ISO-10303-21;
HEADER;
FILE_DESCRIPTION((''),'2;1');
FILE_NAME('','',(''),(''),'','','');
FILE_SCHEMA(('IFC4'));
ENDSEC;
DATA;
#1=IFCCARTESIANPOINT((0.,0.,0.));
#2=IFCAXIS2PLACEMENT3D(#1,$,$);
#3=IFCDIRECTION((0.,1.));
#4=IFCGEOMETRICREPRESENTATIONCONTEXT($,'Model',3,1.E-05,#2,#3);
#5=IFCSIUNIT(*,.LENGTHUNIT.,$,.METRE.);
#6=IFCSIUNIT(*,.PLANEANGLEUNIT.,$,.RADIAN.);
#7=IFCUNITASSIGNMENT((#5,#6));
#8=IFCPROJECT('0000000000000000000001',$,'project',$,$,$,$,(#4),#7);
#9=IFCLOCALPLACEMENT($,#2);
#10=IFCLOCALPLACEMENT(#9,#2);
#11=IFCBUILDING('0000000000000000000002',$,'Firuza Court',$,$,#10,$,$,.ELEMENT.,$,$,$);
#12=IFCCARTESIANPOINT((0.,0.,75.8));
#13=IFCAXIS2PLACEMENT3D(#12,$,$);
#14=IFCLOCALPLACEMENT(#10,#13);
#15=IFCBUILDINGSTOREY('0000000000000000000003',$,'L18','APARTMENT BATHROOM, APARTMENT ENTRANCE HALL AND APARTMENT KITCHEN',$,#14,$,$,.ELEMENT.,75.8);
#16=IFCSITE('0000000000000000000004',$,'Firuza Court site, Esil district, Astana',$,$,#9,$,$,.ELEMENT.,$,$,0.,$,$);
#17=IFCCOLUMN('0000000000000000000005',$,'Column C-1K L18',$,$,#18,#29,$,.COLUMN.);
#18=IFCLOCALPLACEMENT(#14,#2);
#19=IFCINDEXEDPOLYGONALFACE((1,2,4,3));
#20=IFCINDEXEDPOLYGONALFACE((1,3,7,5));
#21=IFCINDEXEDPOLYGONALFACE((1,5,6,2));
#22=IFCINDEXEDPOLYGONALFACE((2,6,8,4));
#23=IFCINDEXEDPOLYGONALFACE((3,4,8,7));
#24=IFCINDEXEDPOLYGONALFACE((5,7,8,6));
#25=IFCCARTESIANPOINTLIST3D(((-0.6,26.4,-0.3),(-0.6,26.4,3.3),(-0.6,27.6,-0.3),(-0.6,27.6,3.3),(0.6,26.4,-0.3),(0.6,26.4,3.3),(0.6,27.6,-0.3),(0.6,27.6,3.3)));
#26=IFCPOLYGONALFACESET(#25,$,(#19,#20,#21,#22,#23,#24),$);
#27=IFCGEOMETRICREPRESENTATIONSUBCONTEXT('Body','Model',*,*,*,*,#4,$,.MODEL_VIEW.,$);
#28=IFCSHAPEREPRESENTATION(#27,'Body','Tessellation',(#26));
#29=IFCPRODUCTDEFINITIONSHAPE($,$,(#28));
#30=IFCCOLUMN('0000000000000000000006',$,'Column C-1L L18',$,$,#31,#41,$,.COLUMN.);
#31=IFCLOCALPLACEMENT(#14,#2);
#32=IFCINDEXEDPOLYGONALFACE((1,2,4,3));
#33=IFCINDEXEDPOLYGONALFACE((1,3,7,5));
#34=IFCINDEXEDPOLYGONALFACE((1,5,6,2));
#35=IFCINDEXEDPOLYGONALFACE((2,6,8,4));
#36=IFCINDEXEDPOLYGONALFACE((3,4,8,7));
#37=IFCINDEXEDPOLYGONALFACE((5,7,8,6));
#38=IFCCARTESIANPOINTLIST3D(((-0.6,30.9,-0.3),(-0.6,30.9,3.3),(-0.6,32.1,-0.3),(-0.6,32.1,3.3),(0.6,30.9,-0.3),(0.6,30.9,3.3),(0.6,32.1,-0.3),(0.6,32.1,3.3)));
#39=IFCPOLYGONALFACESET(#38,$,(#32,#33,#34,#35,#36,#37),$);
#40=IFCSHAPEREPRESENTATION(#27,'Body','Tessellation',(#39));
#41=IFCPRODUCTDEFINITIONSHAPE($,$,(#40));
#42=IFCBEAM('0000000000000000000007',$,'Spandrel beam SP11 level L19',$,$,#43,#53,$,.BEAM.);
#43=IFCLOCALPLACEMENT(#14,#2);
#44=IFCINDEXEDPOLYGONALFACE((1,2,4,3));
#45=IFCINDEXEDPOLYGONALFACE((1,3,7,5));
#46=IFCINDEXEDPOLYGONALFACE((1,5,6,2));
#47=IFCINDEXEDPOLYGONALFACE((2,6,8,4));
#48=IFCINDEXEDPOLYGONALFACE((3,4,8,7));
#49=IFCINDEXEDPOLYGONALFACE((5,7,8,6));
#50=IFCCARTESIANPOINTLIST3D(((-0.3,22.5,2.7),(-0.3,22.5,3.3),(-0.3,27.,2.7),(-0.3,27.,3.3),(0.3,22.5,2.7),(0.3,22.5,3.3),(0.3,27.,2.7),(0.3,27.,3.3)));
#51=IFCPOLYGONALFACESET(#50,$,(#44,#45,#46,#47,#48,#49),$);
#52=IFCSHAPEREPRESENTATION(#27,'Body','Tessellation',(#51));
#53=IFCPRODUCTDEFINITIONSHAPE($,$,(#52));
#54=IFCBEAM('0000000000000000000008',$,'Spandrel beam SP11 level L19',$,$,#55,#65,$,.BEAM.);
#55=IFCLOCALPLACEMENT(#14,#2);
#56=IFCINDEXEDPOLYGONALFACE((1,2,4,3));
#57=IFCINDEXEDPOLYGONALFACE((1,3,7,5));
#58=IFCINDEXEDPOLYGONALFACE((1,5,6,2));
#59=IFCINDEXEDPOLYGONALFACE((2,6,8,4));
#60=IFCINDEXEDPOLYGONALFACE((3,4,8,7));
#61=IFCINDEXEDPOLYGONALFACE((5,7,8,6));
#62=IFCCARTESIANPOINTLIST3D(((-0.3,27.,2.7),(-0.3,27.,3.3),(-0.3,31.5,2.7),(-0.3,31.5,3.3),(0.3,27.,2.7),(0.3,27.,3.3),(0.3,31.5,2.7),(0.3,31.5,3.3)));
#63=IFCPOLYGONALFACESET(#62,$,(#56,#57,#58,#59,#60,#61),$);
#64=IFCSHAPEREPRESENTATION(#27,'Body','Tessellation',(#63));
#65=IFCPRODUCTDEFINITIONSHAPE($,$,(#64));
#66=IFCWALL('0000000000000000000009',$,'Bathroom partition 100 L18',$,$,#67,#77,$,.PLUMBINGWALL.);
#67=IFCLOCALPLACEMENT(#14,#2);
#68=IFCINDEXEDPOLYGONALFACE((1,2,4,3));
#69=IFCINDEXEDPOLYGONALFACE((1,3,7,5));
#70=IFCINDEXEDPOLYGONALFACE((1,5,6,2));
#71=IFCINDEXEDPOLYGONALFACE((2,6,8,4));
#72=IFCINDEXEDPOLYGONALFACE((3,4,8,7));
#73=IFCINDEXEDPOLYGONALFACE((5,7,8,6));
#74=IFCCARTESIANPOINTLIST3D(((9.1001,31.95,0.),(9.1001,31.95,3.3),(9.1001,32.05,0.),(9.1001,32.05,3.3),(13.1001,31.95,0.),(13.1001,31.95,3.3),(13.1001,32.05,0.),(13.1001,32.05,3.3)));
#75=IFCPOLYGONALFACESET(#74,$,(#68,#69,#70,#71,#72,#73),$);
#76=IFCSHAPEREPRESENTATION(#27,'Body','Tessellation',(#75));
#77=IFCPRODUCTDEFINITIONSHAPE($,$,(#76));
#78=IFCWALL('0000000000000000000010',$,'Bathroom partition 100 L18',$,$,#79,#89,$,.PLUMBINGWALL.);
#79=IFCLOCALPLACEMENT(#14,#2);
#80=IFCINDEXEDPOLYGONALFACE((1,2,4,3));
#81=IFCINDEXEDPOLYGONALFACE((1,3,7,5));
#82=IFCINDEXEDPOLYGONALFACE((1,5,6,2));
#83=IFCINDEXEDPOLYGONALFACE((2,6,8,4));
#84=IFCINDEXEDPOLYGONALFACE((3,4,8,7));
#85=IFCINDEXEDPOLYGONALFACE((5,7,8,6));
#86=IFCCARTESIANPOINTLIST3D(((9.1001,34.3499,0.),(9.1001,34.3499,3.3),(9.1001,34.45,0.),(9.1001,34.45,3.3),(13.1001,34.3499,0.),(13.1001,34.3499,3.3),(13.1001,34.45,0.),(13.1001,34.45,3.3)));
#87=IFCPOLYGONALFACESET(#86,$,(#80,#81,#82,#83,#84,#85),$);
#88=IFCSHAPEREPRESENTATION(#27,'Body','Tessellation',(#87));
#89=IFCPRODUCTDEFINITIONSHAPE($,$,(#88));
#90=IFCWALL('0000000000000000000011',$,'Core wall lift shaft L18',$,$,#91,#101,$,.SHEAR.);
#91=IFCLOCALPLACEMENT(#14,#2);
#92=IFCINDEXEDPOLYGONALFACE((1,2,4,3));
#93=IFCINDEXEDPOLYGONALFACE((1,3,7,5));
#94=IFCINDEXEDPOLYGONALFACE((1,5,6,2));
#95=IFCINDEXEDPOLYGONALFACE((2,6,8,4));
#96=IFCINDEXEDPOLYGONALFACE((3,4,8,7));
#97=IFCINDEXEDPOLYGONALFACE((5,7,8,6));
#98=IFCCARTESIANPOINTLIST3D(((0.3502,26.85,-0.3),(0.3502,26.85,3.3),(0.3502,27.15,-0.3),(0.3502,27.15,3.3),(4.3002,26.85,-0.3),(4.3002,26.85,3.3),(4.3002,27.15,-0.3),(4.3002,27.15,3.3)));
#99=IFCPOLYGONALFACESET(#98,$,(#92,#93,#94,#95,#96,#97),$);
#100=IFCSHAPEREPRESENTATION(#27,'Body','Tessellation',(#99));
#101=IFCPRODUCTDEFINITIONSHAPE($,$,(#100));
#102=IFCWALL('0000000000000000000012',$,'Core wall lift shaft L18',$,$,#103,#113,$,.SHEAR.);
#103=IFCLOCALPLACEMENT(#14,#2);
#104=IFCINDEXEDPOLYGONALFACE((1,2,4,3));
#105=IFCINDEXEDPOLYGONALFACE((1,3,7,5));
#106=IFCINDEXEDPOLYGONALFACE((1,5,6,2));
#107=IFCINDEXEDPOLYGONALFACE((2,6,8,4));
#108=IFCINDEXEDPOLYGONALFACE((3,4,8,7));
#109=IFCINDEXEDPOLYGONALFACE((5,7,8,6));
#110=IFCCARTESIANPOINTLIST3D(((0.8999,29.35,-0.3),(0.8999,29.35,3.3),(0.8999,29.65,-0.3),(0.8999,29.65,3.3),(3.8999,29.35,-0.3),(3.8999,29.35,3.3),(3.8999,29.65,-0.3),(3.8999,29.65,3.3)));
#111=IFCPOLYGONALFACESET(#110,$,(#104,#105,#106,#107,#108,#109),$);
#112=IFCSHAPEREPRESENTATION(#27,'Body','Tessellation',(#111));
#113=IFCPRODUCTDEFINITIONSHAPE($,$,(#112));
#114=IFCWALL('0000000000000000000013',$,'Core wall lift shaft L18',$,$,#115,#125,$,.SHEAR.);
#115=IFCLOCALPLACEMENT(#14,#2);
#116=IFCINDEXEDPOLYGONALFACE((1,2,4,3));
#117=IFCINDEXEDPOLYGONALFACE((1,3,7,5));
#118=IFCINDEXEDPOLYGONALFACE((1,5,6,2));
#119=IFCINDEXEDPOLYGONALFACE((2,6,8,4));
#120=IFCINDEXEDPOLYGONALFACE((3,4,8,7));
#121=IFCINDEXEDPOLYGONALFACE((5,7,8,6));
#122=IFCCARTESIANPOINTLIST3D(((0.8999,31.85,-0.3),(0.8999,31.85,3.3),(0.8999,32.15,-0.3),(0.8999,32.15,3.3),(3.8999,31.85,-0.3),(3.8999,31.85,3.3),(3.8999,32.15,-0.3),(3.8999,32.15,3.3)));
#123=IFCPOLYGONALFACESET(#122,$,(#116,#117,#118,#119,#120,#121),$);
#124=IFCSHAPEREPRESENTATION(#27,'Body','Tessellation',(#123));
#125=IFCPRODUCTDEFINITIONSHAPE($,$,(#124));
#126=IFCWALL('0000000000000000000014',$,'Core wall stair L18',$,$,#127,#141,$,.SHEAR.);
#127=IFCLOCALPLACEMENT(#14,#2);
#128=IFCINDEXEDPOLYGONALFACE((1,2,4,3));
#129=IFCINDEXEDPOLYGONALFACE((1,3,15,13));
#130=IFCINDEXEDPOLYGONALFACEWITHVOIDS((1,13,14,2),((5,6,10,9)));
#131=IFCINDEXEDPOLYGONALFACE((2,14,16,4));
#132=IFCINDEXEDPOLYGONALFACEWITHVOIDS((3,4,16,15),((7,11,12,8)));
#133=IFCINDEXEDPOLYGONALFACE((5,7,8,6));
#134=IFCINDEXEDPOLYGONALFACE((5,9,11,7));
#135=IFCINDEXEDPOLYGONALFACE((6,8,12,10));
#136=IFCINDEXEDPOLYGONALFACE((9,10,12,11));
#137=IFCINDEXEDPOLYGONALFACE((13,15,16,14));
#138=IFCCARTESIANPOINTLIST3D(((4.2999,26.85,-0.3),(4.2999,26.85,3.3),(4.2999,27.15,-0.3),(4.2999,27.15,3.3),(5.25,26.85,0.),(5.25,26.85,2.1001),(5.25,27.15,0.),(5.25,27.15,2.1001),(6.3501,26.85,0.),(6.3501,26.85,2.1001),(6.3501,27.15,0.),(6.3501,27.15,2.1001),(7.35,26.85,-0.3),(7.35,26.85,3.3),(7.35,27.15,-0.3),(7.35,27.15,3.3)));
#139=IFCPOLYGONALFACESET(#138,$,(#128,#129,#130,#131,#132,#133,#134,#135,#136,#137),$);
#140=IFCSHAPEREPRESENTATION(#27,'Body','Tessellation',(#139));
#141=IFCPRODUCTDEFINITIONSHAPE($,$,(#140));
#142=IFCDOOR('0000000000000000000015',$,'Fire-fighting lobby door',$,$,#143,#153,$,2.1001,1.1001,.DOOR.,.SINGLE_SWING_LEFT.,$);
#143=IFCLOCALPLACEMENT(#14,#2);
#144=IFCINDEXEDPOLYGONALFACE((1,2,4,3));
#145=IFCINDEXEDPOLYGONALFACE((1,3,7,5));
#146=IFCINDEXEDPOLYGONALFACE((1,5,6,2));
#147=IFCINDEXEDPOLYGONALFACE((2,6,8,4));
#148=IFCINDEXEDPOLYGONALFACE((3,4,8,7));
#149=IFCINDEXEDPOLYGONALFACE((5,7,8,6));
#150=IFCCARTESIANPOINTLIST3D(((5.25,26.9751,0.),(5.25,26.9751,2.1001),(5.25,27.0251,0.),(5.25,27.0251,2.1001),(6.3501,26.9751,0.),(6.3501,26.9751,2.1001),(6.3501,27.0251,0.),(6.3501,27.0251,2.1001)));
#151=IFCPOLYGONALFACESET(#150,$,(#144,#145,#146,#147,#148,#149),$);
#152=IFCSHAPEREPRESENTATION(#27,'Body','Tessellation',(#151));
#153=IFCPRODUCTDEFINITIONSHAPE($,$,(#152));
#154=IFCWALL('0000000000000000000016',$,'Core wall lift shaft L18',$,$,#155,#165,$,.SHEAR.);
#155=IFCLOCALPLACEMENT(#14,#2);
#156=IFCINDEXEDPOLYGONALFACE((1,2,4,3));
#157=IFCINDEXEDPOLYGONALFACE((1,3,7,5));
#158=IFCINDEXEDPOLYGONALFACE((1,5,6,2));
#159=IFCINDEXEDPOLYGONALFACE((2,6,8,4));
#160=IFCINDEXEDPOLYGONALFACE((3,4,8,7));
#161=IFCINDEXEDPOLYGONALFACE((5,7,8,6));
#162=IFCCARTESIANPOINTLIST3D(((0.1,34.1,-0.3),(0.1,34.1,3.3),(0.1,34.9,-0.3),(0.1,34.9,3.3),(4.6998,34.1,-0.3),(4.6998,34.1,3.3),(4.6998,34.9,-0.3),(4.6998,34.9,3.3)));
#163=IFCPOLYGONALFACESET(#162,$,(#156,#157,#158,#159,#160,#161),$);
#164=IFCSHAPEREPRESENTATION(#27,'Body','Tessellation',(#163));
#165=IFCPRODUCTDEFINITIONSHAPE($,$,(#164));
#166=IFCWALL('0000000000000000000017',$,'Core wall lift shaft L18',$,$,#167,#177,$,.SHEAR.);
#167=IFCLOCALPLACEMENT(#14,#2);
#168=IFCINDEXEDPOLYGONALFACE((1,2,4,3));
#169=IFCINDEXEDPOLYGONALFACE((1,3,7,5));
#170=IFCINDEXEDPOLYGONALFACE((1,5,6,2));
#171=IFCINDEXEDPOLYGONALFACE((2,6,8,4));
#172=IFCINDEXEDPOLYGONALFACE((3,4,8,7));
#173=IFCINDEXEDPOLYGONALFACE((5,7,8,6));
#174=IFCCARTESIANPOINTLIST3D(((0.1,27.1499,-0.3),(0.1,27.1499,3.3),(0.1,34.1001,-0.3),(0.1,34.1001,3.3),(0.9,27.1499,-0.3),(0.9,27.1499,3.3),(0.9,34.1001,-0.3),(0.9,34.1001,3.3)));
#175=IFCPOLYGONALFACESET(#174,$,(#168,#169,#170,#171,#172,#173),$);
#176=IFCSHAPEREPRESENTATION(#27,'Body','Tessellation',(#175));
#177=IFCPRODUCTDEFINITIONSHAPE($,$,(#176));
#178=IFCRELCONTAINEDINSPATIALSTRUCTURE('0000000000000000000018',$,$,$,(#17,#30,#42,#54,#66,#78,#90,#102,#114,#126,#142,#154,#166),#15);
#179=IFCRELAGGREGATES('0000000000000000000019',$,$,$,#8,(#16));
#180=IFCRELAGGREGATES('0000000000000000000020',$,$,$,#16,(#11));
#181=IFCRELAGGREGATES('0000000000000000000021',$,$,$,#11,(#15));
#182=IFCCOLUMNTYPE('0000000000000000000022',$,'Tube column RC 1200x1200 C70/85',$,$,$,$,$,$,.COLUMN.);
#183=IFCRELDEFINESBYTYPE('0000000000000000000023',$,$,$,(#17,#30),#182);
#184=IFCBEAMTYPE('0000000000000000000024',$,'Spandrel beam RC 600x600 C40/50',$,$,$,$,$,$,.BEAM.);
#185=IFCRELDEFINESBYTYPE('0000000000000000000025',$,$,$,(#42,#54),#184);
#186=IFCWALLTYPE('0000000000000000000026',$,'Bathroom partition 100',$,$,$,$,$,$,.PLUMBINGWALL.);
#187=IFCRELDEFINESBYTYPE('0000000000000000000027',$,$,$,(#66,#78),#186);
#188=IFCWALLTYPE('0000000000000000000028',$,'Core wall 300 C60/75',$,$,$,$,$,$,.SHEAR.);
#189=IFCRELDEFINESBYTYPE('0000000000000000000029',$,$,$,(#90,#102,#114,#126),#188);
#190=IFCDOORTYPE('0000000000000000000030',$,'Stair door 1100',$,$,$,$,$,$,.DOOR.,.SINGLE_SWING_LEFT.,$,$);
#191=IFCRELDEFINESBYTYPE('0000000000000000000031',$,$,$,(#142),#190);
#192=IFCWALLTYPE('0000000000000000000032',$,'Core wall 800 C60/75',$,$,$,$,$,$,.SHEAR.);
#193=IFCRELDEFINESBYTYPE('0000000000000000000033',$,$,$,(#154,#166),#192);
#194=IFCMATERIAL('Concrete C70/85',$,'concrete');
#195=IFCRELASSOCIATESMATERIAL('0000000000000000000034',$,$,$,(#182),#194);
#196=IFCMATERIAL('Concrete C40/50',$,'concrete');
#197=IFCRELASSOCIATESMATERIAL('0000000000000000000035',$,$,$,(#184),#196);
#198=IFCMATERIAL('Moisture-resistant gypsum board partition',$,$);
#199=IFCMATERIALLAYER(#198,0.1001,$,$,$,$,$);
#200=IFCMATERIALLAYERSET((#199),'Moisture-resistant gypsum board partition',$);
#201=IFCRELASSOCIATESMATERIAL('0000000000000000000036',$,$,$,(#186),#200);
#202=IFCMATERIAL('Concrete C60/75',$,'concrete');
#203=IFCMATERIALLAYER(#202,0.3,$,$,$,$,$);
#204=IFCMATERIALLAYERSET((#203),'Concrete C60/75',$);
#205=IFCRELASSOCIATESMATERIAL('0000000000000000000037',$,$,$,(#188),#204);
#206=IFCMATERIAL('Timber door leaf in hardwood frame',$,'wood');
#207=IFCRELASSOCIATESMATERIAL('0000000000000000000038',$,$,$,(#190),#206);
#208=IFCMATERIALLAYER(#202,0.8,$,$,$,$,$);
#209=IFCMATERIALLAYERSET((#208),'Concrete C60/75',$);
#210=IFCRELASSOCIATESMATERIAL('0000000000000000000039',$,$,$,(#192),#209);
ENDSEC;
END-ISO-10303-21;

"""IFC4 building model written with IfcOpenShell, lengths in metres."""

from ifc_helpers import new_model, si_unit, direction, frame, frame_2d, origin, origin_2d, place, context, subcontext, project, spatial, rectangle, extrude, material, layer, layer_set, material_profile, profile_set, type_object, element, fill, save


model = new_model("IFC4")

# Units and contexts
model_context = context("Model", 3, precision=1e-05, world=origin(), true_north=direction((0.0, 1.0)))
body_context = subcontext(model_context, "Body", "Model", "MODEL_VIEW")
ifc_project = project(units=[si_unit("LENGTHUNIT", "METRE"), si_unit("PLANEANGLEUNIT", "RADIAN")], contexts=[model_context])

# Site, building, storey
site_placement = place(None, origin())
site = spatial("IfcSite", under=ifc_project, at=site_placement, Name="Firuza Court site, Esil district, Astana", CompositionType="ELEMENT", RefElevation=0.0)
building_placement = place(site_placement, origin())
building = spatial("IfcBuilding", under=site, at=building_placement, Name="Firuza Court", CompositionType="ELEMENT")
storey_placement = place(building_placement, frame((0.0, 0.0, 75.8)))
storey = spatial("IfcBuildingStorey", under=building, at=storey_placement, Name="L18", Description="APARTMENT BATHROOM, APARTMENT ENTRANCE HALL AND APARTMENT KITCHEN", CompositionType="ELEMENT", Elevation=75.8)

# Columns
ifc_material_1 = material(Name="Concrete C70/85", Category="concrete")
ifc_material_profile_1 = material_profile(ifc_material_1, rectangle(XDim=1.2, YDim=1.2, at=origin_2d()), Name="RC 1200x1200")
ifc_profile_set_1 = profile_set([ifc_material_profile_1], Name="Concrete C70/85")
column_type = type_object("IfcColumnType", Name="Tube column RC 1200x1200 C70/85", PredefinedType="COLUMN", material=ifc_profile_set_1)
for number, where, z_axis, x_axis, name in (
    (1, (0.0, 27.0, -0.3), (0.0, 0.0, 1.0), (1.0, 0.0, 0.0), "Column C-1K L18"),
    (2, (0.0, 31.5, -0.3), (0.0, 0.0, 1.0), (1.0, 0.0, 0.0), "Column C-1L L18"),
):
    element("IfcColumn", number, at=place(storey_placement, frame(where, z_axis=z_axis, x_axis=x_axis)), inside=storey, type_object=column_type, Name=name, PredefinedType="COLUMN", context=body_context, shape_type="SweptSolid", body=[
        extrude(rectangle(XDim=1.2, YDim=1.2, at=origin_2d()), origin(), (0.0, 0.0, 1.0), 3.6001),
    ])

# Beams
ifc_material_2 = material(Name="Concrete C40/50", Category="concrete")
ifc_material_profile_2 = material_profile(ifc_material_2, rectangle(XDim=0.6001, YDim=0.6001, at=origin_2d()), Name="RC 600x600")
ifc_profile_set_2 = profile_set([ifc_material_profile_2], Name="Concrete C40/50")
beam_type = type_object("IfcBeamType", Name="Spandrel beam RC 600x600 C40/50", PredefinedType="BEAM", material=ifc_profile_set_2)
for number, where, z_axis, x_axis, name in (
    (3, (0.0, 27.0, 3.0), (0.0, -1.0, 0.0), (1.0, 0.0, 0.0), "Spandrel beam SP11 level L19"),
    (4, (0.0, 31.5, 3.0), (0.0, -1.0, 0.0), (1.0, 0.0, 0.0), "Spandrel beam SP11 level L19"),
):
    element("IfcBeam", number, at=place(storey_placement, frame(where, z_axis=z_axis, x_axis=x_axis)), inside=storey, type_object=beam_type, Name=name, PredefinedType="BEAM", context=body_context, shape_type="SweptSolid", body=[
        extrude(rectangle(XDim=0.6001, YDim=0.6001, at=origin_2d()), origin(), (0.0, 0.0, 1.0), 4.5),
    ])

# Walls
ifc_material_3 = material(Name="Moisture-resistant gypsum board partition")
ifc_layer_1 = layer(ifc_material_3, 0.1001)
ifc_layer_set_1 = layer_set([ifc_layer_1], Name="Moisture-resistant gypsum board partition")
wall_type_1 = type_object("IfcWallType", Name="Bathroom partition 100", PredefinedType="PLUMBINGWALL", material=ifc_layer_set_1)
for number, where, z_axis, x_axis, name in (
    (5, (9.1001, 32.0, 0.0), (0.0, 0.0, 1.0), (1.0, 0.0, 0.0), "Bathroom partition 100 L18"),
    (6, (9.1001, 34.3999, 0.0), (0.0, 0.0, 1.0), (1.0, 0.0, 0.0), "Bathroom partition 100 L18"),
):
    element("IfcWall", number, at=place(storey_placement, frame(where, z_axis=z_axis, x_axis=x_axis)), inside=storey, type_object=wall_type_1, Name=name, PredefinedType="PLUMBINGWALL", context=body_context, shape_type="SweptSolid", body=[
        extrude(rectangle(XDim=4.0, YDim=0.1001, at=frame_2d((2.0, 0.0))), origin(), (0.0, 0.0, 1.0), 3.3),
    ])
ifc_material_4 = material(Name="Concrete C60/75", Category="concrete")
ifc_layer_2 = layer(ifc_material_4, 0.3)
ifc_layer_set_2 = layer_set([ifc_layer_2], Name="Concrete C60/75")
wall_type_2 = type_object("IfcWallType", Name="Core wall 300 C60/75", PredefinedType="SHEAR", material=ifc_layer_set_2)
wall_1_placement = place(storey_placement, frame((0.3501, 27.0, -0.3), z_axis=(0.0, 0.0, 1.0), x_axis=(1.0, 0.0, 0.0)))
element("IfcWall", 7, at=wall_1_placement, inside=storey, type_object=wall_type_2, Name="Core wall lift shaft L18", PredefinedType="SHEAR", context=body_context, shape_type="SweptSolid", body=[
    extrude(rectangle(XDim=3.95, YDim=0.3, at=frame_2d((1.9751, 0.0))), origin(), (0.0, 0.0, 1.0), 3.6001),
])
for number, where, z_axis, x_axis, name in (
    (8, (0.8999, 29.5, -0.3), (0.0, 0.0, 1.0), (1.0, 0.0, 0.0), "Core wall lift shaft L18"),
    (9, (0.8999, 32.0, -0.3), (0.0, 0.0, 1.0), (1.0, 0.0, 0.0), "Core wall lift shaft L18"),
):
    element("IfcWall", number, at=place(storey_placement, frame(where, z_axis=z_axis, x_axis=x_axis)), inside=storey, type_object=wall_type_2, Name=name, PredefinedType="SHEAR", context=body_context, shape_type="SweptSolid", body=[
        extrude(rectangle(XDim=3.0, YDim=0.3, at=frame_2d((1.5, 0.0))), origin(), (0.0, 0.0, 1.0), 3.6001),
    ])

# Wall, opening, door
wall_2_placement = place(storey_placement, frame((4.3, 27.0, -0.3), z_axis=(0.0, 0.0, 1.0), x_axis=(1.0, 0.0, 0.0)))
wall_2 = element("IfcWall", 10, at=wall_2_placement, inside=storey, type_object=wall_type_2, Name="Core wall stair L18", PredefinedType="SHEAR", context=body_context, shape_type="SweptSolid", body=[
    extrude(rectangle(XDim=3.05, YDim=0.3, at=frame_2d((1.5249, 0.0))), origin(), (0.0, 0.0, 1.0), 3.6001),
])
opening_1_placement = place(wall_2_placement, frame((0.95, 0.0, 0.3)))
opening_1 = element("IfcOpeningElement", 11, at=opening_1_placement, cuts=wall_2, PredefinedType="OPENING", context=body_context, shape_type="SweptSolid", body=[
    extrude(rectangle(XDim=1.1001, YDim=2.1001, at=frame_2d((0.55, 1.05))), frame((0.0, 0.1621, 0.0), z_axis=(0.0, -1.0, 0.0), x_axis=(1.0, 0.0, 0.0)), (0.0, 0.0, 1.0), 0.324),
])
ifc_material_5 = material(Name="Timber door leaf in hardwood frame", Category="wood")
door_type_1 = type_object("IfcDoorType", Name="Stair door 1100", OperationType="SINGLE_SWING_LEFT", PredefinedType="DOOR", material=ifc_material_5)
door_1_placement = place(opening_1_placement, frame((1.1001, 0.0, 0.0), z_axis=(0.0, 0.0, 1.0), x_axis=(-1.0, 0.0, 0.0)))
door_1 = element("IfcDoor", 12, at=door_1_placement, inside=storey, type_object=door_type_1, Name="Fire-fighting lobby door", OperationType="SINGLE_SWING_LEFT", OverallHeight=2.1001, OverallWidth=1.1001, PredefinedType="DOOR", context=body_context, shape_type="SweptSolid", body=[
    extrude(rectangle(XDim=1.1001, YDim=2.1001, at=frame_2d((0.55, 1.05))), frame((0.0, 0.0249, 0.0), z_axis=(0.0, -1.0, 0.0), x_axis=(1.0, 0.0, 0.0)), (0.0, 0.0, 1.0), 0.05),
])
fill(opening_1, door_1)

# Walls
ifc_layer_3 = layer(ifc_material_4, 0.8)
ifc_layer_set_3 = layer_set([ifc_layer_3], Name="Concrete C60/75")
wall_type_3 = type_object("IfcWallType", Name="Core wall 800 C60/75", PredefinedType="SHEAR", material=ifc_layer_set_3)
wall_3_placement = place(storey_placement, frame((0.1001, 34.5, -0.3), z_axis=(0.0, 0.0, 1.0), x_axis=(1.0, 0.0, 0.0)))
element("IfcWall", 13, at=wall_3_placement, inside=storey, type_object=wall_type_3, Name="Core wall lift shaft L18", PredefinedType="SHEAR", context=body_context, shape_type="SweptSolid", body=[
    extrude(rectangle(XDim=4.5999, YDim=0.8, at=frame_2d((2.2998, 0.0))), origin(), (0.0, 0.0, 1.0), 3.6001),
])
wall_4_placement = place(storey_placement, frame((0.5, 27.1499, -0.3), z_axis=(0.0, 0.0, 1.0), x_axis=(0.0, 1.0, 0.0)))
element("IfcWall", 14, at=wall_4_placement, inside=storey, type_object=wall_type_3, Name="Core wall lift shaft L18", PredefinedType="SHEAR", context=body_context, shape_type="SweptSolid", body=[
    extrude(rectangle(XDim=6.9502, YDim=0.8, at=frame_2d((3.4751, 0.0))), origin(), (0.0, 0.0, 1.0), 3.6001),
])

save(model, "model.ifc")
